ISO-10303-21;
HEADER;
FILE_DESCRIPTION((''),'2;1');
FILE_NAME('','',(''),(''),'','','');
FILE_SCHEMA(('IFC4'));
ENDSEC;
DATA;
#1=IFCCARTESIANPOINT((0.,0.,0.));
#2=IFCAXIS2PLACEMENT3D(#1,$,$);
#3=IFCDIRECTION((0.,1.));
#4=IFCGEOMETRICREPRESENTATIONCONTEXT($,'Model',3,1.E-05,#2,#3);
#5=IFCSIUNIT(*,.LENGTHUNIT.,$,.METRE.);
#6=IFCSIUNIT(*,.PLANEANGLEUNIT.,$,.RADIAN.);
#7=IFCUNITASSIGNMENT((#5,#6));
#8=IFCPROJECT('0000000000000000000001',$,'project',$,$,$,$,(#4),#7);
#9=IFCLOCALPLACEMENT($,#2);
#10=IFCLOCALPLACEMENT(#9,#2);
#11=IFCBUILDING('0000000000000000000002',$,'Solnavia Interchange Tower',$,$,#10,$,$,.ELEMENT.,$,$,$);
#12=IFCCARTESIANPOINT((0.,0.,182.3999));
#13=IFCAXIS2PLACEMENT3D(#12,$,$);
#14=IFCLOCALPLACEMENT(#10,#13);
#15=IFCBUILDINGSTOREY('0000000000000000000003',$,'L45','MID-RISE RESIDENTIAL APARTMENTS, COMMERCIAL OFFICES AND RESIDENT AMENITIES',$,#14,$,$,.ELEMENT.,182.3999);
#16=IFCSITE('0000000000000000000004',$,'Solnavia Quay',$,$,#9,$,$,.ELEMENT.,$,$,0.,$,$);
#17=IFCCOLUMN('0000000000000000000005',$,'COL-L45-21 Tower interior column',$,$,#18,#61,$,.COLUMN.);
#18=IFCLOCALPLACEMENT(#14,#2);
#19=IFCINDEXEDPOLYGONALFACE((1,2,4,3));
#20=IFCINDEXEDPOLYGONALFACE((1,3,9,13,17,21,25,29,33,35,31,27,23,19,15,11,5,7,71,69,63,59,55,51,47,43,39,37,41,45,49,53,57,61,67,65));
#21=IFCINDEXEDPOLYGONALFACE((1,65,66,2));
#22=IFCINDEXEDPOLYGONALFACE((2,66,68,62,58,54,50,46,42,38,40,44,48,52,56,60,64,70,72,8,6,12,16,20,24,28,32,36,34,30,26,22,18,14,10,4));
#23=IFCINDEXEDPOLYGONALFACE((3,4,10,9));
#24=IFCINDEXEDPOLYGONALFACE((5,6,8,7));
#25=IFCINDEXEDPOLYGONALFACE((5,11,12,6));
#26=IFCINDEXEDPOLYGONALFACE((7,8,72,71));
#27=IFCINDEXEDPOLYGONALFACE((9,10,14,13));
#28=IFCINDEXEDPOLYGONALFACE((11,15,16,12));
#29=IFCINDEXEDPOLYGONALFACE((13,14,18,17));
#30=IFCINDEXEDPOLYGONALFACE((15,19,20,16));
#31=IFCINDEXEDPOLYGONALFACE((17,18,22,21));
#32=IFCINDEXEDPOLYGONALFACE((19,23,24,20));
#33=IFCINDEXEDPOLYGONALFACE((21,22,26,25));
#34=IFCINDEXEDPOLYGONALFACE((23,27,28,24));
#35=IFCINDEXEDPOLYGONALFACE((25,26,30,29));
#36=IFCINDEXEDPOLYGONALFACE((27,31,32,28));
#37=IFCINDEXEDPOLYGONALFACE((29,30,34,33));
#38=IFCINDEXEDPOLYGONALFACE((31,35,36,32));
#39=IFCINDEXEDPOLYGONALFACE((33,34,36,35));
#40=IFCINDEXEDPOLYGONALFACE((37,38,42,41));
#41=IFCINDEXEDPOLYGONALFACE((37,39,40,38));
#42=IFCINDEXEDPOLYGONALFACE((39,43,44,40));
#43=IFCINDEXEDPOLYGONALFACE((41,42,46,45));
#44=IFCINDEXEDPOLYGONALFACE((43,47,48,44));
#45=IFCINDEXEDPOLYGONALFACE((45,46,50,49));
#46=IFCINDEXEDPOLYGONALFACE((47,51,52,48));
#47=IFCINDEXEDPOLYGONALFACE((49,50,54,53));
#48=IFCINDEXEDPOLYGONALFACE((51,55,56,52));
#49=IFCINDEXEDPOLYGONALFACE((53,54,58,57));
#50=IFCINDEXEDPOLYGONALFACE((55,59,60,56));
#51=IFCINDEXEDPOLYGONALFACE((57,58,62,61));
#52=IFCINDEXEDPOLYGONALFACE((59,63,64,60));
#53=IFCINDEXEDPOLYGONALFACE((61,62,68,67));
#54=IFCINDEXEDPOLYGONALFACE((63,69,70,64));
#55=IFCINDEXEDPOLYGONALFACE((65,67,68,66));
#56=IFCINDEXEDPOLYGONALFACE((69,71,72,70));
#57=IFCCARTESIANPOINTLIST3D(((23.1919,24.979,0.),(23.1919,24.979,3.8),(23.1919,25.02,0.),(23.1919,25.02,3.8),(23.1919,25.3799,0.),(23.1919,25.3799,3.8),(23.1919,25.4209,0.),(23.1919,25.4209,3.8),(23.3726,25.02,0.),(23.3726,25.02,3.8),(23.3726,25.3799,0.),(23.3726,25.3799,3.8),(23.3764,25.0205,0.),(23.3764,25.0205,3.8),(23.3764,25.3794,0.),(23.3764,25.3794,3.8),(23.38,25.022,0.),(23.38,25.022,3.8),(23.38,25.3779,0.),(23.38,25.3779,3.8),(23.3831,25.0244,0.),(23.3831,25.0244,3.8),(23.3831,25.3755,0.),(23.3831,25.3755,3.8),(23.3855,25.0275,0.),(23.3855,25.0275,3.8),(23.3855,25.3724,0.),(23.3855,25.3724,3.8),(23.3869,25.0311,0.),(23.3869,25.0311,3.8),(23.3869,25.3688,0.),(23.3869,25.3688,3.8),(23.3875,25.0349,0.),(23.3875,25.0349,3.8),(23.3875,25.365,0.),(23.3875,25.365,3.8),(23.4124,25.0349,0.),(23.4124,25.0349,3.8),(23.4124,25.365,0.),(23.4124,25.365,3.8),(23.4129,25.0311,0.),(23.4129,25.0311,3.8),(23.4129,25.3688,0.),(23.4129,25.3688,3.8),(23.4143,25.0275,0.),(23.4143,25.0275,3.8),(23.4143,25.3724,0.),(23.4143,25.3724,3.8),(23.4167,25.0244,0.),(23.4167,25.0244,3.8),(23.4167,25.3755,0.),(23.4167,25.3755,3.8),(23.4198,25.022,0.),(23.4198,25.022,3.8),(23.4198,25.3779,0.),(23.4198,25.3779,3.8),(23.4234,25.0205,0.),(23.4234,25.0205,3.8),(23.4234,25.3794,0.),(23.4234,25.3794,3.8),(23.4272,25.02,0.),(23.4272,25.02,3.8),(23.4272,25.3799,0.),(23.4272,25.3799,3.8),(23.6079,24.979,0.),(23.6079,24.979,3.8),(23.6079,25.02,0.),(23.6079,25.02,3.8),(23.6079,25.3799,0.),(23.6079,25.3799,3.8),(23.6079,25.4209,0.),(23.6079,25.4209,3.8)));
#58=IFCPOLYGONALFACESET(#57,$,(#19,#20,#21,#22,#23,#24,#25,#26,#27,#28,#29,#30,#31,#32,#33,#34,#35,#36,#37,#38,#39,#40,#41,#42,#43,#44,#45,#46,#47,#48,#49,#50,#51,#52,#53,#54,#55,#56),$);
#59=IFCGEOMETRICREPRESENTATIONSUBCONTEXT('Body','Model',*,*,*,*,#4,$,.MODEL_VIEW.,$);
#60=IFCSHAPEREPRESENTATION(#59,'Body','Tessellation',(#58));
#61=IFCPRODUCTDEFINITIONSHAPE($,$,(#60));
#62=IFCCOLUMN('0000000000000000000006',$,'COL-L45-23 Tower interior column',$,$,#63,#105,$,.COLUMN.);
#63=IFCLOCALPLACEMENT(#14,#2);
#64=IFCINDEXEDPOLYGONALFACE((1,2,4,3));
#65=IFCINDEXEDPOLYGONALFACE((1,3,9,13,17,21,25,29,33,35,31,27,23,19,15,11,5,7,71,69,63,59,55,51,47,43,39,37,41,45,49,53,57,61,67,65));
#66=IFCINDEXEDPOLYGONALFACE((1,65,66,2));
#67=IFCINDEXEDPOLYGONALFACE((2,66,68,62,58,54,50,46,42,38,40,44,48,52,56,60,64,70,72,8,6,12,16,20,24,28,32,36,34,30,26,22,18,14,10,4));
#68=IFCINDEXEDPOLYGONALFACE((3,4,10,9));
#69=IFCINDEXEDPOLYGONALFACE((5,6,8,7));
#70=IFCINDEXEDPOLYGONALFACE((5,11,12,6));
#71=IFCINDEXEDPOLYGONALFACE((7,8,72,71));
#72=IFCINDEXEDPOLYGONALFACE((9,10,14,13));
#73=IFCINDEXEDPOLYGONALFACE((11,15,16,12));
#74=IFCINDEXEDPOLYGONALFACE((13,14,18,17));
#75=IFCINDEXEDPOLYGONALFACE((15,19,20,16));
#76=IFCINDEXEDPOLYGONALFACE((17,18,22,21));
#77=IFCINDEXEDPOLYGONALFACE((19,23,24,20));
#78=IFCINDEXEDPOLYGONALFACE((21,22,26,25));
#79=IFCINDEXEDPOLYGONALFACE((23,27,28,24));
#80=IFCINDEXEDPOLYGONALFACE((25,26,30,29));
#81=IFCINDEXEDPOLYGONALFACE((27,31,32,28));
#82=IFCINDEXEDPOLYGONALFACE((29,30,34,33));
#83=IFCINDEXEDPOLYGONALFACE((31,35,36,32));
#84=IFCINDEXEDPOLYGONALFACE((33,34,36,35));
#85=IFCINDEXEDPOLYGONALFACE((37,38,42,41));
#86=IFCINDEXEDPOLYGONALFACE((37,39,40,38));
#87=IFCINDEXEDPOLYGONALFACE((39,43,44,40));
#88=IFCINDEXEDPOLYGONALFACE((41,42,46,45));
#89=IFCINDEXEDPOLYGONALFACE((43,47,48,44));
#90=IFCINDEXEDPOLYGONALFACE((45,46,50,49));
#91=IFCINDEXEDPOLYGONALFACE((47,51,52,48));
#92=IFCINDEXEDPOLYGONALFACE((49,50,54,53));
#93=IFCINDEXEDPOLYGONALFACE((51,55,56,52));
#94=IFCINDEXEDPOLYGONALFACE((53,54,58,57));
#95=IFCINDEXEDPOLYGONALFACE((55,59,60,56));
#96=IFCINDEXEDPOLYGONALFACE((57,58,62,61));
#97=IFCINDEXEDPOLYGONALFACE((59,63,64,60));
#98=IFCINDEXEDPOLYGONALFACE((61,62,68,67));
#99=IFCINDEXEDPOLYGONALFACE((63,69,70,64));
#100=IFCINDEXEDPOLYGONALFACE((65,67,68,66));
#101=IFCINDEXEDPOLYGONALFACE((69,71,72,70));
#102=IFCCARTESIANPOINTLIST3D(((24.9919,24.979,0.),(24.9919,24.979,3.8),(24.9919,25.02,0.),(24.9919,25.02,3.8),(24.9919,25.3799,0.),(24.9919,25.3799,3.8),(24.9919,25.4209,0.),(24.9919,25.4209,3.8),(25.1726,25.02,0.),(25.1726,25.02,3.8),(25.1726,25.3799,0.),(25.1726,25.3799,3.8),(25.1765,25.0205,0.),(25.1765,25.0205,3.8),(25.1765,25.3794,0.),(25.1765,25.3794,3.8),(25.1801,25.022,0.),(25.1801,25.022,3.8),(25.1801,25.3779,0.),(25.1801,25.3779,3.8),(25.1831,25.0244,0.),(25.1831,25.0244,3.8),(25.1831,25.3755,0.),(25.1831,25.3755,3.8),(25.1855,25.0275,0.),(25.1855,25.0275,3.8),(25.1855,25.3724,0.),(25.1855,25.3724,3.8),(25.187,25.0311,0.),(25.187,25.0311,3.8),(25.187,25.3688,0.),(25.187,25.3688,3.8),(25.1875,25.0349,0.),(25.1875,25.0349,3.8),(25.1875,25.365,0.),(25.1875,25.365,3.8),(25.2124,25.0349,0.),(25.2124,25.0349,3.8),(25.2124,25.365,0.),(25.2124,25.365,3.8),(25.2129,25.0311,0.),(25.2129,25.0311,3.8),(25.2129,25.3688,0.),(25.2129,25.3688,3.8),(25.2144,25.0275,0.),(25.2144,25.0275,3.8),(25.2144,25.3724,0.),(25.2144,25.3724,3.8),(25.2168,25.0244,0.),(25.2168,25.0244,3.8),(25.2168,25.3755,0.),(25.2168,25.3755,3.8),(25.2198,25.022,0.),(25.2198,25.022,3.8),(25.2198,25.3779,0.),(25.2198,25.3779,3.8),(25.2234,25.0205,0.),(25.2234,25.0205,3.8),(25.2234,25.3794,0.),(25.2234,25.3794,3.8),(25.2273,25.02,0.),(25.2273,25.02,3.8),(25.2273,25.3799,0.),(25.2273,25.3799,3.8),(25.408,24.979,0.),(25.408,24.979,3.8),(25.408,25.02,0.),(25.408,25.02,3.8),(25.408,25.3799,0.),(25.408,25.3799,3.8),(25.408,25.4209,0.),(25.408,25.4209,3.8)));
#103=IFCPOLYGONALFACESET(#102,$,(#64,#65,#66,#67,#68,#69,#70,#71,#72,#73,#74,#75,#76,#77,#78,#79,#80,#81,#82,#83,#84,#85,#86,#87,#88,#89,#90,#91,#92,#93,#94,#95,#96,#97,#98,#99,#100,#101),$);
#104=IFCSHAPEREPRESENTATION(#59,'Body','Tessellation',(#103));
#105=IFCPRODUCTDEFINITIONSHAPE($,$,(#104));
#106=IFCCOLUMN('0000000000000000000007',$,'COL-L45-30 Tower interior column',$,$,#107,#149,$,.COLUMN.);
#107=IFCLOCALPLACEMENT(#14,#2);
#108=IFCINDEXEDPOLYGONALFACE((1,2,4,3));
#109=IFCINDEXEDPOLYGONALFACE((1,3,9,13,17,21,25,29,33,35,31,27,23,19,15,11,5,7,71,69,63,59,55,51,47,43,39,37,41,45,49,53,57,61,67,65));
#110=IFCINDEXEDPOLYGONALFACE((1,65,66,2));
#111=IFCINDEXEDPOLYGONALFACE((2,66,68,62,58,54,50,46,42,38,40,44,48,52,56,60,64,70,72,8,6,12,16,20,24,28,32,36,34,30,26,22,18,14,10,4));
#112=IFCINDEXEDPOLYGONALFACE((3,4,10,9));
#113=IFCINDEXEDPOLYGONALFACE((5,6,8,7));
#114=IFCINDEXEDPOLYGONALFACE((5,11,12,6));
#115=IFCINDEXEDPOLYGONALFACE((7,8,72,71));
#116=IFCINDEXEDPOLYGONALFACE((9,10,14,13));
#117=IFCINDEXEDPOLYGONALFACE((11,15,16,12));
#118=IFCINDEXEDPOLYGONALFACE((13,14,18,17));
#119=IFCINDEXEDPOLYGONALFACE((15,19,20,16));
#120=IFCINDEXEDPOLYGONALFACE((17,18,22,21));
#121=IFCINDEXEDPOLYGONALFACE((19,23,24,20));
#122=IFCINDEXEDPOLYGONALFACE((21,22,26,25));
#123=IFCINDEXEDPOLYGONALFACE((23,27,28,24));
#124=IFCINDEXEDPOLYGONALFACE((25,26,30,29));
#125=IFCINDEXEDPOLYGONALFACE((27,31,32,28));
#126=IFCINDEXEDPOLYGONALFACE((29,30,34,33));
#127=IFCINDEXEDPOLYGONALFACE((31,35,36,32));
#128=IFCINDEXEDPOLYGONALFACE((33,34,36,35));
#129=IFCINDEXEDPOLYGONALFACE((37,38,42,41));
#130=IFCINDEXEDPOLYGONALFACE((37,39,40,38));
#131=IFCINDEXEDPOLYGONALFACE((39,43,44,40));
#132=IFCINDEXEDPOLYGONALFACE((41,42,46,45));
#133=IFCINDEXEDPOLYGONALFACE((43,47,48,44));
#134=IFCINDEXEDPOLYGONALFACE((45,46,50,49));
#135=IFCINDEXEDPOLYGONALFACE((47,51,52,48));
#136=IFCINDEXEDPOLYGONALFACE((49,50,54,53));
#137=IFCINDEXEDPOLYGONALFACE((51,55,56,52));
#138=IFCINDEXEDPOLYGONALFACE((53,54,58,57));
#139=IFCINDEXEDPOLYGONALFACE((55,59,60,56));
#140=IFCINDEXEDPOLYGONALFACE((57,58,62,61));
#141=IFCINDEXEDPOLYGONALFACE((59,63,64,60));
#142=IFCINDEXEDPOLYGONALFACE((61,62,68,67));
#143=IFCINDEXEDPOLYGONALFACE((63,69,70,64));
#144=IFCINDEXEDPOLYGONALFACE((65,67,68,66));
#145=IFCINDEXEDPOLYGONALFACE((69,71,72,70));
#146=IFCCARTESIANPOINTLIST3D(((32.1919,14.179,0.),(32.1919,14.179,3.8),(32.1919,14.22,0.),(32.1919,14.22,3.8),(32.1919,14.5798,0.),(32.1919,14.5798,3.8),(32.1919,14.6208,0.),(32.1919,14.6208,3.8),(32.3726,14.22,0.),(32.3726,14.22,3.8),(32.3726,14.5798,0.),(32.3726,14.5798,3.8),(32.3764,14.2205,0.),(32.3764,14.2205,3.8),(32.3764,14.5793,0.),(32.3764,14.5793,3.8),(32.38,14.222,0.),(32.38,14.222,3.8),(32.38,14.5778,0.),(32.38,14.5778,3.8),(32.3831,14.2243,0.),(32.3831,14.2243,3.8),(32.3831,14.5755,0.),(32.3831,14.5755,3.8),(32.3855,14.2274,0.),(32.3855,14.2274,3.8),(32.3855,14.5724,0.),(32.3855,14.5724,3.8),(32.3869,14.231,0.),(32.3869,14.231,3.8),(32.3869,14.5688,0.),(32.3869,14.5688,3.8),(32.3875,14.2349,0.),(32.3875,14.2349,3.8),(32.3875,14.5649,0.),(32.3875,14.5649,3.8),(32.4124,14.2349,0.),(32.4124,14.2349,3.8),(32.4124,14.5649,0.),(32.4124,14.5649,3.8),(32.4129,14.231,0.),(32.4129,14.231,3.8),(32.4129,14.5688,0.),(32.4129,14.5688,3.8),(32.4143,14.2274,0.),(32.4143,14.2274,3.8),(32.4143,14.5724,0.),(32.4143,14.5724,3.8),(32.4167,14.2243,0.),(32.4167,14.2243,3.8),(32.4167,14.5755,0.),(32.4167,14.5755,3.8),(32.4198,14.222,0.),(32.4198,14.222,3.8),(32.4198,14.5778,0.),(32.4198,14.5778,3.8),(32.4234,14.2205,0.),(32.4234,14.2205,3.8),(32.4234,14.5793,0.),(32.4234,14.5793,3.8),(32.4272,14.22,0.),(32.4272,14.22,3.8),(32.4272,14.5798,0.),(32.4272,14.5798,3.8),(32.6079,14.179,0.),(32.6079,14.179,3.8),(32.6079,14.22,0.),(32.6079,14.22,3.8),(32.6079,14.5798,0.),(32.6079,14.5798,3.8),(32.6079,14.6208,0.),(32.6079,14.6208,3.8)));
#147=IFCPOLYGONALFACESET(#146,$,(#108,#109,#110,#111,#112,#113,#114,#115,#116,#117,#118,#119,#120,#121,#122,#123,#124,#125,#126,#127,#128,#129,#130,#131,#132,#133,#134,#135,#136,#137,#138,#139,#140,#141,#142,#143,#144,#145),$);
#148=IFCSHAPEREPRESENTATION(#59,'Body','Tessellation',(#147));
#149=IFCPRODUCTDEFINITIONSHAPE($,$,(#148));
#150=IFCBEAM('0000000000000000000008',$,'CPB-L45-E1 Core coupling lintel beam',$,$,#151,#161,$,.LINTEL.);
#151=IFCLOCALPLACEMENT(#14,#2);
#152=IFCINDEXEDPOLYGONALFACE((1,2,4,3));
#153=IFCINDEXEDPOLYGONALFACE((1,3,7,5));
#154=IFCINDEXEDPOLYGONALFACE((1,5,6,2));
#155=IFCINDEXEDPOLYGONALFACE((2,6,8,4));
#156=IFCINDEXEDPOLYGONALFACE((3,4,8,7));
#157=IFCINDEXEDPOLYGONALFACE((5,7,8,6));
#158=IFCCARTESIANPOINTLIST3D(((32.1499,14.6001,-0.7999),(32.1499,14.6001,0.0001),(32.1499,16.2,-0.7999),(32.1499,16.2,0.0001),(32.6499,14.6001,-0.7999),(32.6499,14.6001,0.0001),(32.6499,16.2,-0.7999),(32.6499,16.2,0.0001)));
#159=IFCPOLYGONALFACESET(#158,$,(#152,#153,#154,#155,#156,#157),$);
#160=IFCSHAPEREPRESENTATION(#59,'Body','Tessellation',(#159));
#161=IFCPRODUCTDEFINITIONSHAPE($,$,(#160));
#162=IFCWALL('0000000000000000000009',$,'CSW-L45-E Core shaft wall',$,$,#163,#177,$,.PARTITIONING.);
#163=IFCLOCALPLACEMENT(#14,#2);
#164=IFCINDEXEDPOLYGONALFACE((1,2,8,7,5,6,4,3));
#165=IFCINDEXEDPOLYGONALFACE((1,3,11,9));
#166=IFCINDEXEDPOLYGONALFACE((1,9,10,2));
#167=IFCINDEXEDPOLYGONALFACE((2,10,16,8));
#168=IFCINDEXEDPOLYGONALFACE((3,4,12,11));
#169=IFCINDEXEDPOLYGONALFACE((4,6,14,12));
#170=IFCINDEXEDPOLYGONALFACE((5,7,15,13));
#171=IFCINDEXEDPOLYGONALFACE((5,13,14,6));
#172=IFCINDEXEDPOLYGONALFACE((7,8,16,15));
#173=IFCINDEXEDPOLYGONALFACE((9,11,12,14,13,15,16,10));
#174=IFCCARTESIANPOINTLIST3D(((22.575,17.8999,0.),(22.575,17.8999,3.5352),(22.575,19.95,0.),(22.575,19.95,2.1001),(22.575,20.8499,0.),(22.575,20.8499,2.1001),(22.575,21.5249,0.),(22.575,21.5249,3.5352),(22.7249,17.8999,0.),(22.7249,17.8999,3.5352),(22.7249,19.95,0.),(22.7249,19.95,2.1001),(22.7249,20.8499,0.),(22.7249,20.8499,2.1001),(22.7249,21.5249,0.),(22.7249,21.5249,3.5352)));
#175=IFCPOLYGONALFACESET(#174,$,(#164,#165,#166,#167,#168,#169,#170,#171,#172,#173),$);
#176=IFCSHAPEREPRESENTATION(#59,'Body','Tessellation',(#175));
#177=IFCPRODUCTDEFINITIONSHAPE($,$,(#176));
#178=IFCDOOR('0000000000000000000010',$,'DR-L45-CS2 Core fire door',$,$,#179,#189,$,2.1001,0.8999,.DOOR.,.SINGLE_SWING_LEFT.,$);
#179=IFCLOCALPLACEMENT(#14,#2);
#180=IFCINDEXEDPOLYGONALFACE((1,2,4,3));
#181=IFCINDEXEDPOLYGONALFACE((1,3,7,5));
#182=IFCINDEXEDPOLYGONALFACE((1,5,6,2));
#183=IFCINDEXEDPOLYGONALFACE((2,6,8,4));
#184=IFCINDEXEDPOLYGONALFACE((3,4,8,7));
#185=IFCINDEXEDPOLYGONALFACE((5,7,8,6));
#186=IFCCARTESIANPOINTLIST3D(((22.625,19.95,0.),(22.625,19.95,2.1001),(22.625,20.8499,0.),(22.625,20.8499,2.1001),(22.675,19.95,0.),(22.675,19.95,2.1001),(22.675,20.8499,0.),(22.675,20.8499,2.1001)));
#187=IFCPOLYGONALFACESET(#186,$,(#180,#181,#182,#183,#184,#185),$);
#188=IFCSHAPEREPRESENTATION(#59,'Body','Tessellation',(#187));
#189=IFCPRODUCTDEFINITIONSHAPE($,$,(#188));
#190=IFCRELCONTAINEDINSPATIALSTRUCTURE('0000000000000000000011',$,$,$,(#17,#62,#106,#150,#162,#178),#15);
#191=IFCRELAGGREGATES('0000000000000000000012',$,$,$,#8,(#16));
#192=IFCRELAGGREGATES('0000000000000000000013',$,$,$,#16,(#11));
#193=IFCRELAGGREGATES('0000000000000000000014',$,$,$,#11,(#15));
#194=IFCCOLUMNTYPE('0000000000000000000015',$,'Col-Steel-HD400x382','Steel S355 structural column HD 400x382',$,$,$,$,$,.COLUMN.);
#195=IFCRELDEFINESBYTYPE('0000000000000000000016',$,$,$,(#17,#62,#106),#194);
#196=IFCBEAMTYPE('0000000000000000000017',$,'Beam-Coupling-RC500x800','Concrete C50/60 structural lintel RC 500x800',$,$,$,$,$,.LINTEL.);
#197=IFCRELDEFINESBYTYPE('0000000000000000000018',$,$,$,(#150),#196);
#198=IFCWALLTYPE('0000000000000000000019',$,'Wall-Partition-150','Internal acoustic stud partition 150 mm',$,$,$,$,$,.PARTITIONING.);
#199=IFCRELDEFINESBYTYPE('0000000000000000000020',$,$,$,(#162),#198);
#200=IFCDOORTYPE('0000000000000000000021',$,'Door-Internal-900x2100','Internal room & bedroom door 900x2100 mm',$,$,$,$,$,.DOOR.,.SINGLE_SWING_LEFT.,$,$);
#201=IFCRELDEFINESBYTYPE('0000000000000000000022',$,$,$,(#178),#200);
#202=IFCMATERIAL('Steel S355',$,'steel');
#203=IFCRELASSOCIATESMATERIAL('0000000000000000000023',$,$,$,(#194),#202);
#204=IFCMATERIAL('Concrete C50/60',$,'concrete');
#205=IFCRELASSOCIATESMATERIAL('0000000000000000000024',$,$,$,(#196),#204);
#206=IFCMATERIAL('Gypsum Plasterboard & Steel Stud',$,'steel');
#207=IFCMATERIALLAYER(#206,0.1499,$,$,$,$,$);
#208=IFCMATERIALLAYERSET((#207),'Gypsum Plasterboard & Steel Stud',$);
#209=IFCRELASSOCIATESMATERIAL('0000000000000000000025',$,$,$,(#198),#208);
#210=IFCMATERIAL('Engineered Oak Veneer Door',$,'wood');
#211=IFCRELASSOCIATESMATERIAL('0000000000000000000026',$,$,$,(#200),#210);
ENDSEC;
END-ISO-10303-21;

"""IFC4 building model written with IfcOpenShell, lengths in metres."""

from ifc_helpers import new_model, si_unit, direction, frame, frame_2d, origin, origin_2d, place, context, subcontext, project, spatial, rectangle, i_section, extrude, material, layer, layer_set, material_profile, profile_set, type_object, element, fill, save


model = new_model("IFC4")

# Units and contexts
model_context = context("Model", 3, precision=1e-05, world=origin(), true_north=direction((0.0, 1.0)))
body_context = subcontext(model_context, "Body", "Model", "MODEL_VIEW")
ifc_project = project(units=[si_unit("LENGTHUNIT", "METRE"), si_unit("PLANEANGLEUNIT", "RADIAN")], contexts=[model_context])

# Site, building, storey
site_placement = place(None, origin())
site = spatial("IfcSite", under=ifc_project, at=site_placement, Name="Solnavia Quay", CompositionType="ELEMENT", RefElevation=0.0)
building_placement = place(site_placement, origin())
building = spatial("IfcBuilding", under=site, at=building_placement, Name="Solnavia Interchange Tower", CompositionType="ELEMENT")
storey_placement = place(building_placement, frame((0.0, 0.0, 182.3999)))
storey = spatial("IfcBuildingStorey", under=building, at=storey_placement, Name="L45", Description="MID-RISE RESIDENTIAL APARTMENTS, COMMERCIAL OFFICES AND RESIDENT AMENITIES", CompositionType="ELEMENT", Elevation=182.3999)

# Columns
ifc_material_1 = material(Name="Steel S355", Category="steel")
ifc_material_profile_1 = material_profile(ifc_material_1, i_section(OverallWidth=0.416, OverallDepth=0.4419, WebThickness=0.0249, FlangeThickness=0.041, FilletRadius=0.0149, at=origin_2d()), Name="HD 400x382")
ifc_profile_set_1 = profile_set([ifc_material_profile_1], Name="Steel S355")
column_type = type_object("IfcColumnType", Name="Col-Steel-HD400x382", Description="Steel S355 structural column HD 400x382", PredefinedType="COLUMN", material=ifc_profile_set_1)
for number, where, z_axis, x_axis, name in (
    (1, (23.3999, 25.2, 0.0), (0.0, 0.0, 1.0), (1.0, 0.0, 0.0), "COL-L45-21 Tower interior column"),
    (2, (25.2, 25.2, 0.0), (0.0, 0.0, 1.0), (1.0, 0.0, 0.0), "COL-L45-23 Tower interior column"),
    (3, (32.3999, 14.3999, 0.0), (0.0, 0.0, 1.0), (1.0, 0.0, 0.0), "COL-L45-30 Tower interior column"),
):
    element("IfcColumn", number, at=place(storey_placement, frame(where, z_axis=z_axis, x_axis=x_axis)), inside=storey, type_object=column_type, Name=name, PredefinedType="COLUMN", context=body_context, shape_type="SweptSolid", body=[
        extrude(i_section(OverallWidth=0.416, OverallDepth=0.4419, WebThickness=0.0249, FlangeThickness=0.041, FilletRadius=0.0149, at=origin_2d()), origin(), (0.0, 0.0, 1.0), 3.8),
    ])

# Beam
ifc_material_2 = material(Name="Concrete C50/60", Category="concrete")
ifc_material_profile_2 = material_profile(ifc_material_2, rectangle(XDim=0.5, YDim=0.8, at=origin_2d()), Name="RC 500x800")
ifc_profile_set_2 = profile_set([ifc_material_profile_2], Name="Concrete C50/60")
beam_type = type_object("IfcBeamType", Name="Beam-Coupling-RC500x800", Description="Concrete C50/60 structural lintel RC 500x800", PredefinedType="LINTEL", material=ifc_profile_set_2)
beam_placement = place(storey_placement, frame((32.3999, 14.6001, -0.3999), z_axis=(0.0, 1.0, 0.0), x_axis=(-1.0, 0.0, 0.0)))
element("IfcBeam", 4, at=beam_placement, inside=storey, type_object=beam_type, Name="CPB-L45-E1 Core coupling lintel beam", PredefinedType="LINTEL", context=body_context, shape_type="SweptSolid", body=[
    extrude(rectangle(XDim=0.5, YDim=0.8, at=origin_2d()), origin(), (0.0, 0.0, 1.0), 1.5999),
])

# Wall, opening, door
ifc_material_3 = material(Name="Gypsum Plasterboard & Steel Stud", Category="steel")
ifc_layer_1 = layer(ifc_material_3, 0.1499)
ifc_layer_set_1 = layer_set([ifc_layer_1], Name="Gypsum Plasterboard & Steel Stud")
wall_type_1 = type_object("IfcWallType", Name="Wall-Partition-150", Description="Internal acoustic stud partition 150 mm", PredefinedType="PARTITIONING", material=ifc_layer_set_1)
wall_1_placement = place(storey_placement, frame((22.6499, 17.8999, 0.0), z_axis=(0.0, 0.0, 1.0), x_axis=(0.0, 1.0, 0.0)))
wall_1 = element("IfcWall", 5, at=wall_1_placement, inside=storey, type_object=wall_type_1, Name="CSW-L45-E Core shaft wall", PredefinedType="PARTITIONING", context=body_context, shape_type="SweptSolid", body=[
    extrude(rectangle(XDim=3.625, YDim=0.1499, at=frame_2d((1.8125, 0.0))), origin(), (0.0, 0.0, 1.0), 3.5352),
])
opening_1_placement = place(wall_1_placement, frame((2.05, 0.0, 0.0)))
opening_1 = element("IfcOpeningElement", 6, at=opening_1_placement, cuts=wall_1, PredefinedType="OPENING", context=body_context, shape_type="SweptSolid", body=[
    extrude(rectangle(XDim=0.8999, YDim=2.1001, at=frame_2d((0.45, 1.05))), frame((0.0, 0.085, 0.0), z_axis=(0.0, -1.0, 0.0), x_axis=(1.0, 0.0, 0.0)), (0.0, 0.0, 1.0), 0.1699),
])
ifc_material_4 = material(Name="Engineered Oak Veneer Door", Category="wood")
door_type_1 = type_object("IfcDoorType", Name="Door-Internal-900x2100", Description="Internal room & bedroom door 900x2100 mm", OperationType="SINGLE_SWING_LEFT", PredefinedType="DOOR", material=ifc_material_4)
door_1_placement = place(opening_1_placement, origin())
door_1 = element("IfcDoor", 7, at=door_1_placement, inside=storey, type_object=door_type_1, Name="DR-L45-CS2 Core fire door", OperationType="SINGLE_SWING_LEFT", OverallHeight=2.1001, OverallWidth=0.8999, PredefinedType="DOOR", context=body_context, shape_type="SweptSolid", body=[
    extrude(rectangle(XDim=0.8999, YDim=2.1001, at=frame_2d((0.45, 1.05))), frame((0.0, 0.0249, 0.0), z_axis=(0.0, -1.0, 0.0), x_axis=(1.0, 0.0, 0.0)), (0.0, 0.0, 1.0), 0.05),
])
fill(opening_1, door_1)

save(model, "model.ifc")
